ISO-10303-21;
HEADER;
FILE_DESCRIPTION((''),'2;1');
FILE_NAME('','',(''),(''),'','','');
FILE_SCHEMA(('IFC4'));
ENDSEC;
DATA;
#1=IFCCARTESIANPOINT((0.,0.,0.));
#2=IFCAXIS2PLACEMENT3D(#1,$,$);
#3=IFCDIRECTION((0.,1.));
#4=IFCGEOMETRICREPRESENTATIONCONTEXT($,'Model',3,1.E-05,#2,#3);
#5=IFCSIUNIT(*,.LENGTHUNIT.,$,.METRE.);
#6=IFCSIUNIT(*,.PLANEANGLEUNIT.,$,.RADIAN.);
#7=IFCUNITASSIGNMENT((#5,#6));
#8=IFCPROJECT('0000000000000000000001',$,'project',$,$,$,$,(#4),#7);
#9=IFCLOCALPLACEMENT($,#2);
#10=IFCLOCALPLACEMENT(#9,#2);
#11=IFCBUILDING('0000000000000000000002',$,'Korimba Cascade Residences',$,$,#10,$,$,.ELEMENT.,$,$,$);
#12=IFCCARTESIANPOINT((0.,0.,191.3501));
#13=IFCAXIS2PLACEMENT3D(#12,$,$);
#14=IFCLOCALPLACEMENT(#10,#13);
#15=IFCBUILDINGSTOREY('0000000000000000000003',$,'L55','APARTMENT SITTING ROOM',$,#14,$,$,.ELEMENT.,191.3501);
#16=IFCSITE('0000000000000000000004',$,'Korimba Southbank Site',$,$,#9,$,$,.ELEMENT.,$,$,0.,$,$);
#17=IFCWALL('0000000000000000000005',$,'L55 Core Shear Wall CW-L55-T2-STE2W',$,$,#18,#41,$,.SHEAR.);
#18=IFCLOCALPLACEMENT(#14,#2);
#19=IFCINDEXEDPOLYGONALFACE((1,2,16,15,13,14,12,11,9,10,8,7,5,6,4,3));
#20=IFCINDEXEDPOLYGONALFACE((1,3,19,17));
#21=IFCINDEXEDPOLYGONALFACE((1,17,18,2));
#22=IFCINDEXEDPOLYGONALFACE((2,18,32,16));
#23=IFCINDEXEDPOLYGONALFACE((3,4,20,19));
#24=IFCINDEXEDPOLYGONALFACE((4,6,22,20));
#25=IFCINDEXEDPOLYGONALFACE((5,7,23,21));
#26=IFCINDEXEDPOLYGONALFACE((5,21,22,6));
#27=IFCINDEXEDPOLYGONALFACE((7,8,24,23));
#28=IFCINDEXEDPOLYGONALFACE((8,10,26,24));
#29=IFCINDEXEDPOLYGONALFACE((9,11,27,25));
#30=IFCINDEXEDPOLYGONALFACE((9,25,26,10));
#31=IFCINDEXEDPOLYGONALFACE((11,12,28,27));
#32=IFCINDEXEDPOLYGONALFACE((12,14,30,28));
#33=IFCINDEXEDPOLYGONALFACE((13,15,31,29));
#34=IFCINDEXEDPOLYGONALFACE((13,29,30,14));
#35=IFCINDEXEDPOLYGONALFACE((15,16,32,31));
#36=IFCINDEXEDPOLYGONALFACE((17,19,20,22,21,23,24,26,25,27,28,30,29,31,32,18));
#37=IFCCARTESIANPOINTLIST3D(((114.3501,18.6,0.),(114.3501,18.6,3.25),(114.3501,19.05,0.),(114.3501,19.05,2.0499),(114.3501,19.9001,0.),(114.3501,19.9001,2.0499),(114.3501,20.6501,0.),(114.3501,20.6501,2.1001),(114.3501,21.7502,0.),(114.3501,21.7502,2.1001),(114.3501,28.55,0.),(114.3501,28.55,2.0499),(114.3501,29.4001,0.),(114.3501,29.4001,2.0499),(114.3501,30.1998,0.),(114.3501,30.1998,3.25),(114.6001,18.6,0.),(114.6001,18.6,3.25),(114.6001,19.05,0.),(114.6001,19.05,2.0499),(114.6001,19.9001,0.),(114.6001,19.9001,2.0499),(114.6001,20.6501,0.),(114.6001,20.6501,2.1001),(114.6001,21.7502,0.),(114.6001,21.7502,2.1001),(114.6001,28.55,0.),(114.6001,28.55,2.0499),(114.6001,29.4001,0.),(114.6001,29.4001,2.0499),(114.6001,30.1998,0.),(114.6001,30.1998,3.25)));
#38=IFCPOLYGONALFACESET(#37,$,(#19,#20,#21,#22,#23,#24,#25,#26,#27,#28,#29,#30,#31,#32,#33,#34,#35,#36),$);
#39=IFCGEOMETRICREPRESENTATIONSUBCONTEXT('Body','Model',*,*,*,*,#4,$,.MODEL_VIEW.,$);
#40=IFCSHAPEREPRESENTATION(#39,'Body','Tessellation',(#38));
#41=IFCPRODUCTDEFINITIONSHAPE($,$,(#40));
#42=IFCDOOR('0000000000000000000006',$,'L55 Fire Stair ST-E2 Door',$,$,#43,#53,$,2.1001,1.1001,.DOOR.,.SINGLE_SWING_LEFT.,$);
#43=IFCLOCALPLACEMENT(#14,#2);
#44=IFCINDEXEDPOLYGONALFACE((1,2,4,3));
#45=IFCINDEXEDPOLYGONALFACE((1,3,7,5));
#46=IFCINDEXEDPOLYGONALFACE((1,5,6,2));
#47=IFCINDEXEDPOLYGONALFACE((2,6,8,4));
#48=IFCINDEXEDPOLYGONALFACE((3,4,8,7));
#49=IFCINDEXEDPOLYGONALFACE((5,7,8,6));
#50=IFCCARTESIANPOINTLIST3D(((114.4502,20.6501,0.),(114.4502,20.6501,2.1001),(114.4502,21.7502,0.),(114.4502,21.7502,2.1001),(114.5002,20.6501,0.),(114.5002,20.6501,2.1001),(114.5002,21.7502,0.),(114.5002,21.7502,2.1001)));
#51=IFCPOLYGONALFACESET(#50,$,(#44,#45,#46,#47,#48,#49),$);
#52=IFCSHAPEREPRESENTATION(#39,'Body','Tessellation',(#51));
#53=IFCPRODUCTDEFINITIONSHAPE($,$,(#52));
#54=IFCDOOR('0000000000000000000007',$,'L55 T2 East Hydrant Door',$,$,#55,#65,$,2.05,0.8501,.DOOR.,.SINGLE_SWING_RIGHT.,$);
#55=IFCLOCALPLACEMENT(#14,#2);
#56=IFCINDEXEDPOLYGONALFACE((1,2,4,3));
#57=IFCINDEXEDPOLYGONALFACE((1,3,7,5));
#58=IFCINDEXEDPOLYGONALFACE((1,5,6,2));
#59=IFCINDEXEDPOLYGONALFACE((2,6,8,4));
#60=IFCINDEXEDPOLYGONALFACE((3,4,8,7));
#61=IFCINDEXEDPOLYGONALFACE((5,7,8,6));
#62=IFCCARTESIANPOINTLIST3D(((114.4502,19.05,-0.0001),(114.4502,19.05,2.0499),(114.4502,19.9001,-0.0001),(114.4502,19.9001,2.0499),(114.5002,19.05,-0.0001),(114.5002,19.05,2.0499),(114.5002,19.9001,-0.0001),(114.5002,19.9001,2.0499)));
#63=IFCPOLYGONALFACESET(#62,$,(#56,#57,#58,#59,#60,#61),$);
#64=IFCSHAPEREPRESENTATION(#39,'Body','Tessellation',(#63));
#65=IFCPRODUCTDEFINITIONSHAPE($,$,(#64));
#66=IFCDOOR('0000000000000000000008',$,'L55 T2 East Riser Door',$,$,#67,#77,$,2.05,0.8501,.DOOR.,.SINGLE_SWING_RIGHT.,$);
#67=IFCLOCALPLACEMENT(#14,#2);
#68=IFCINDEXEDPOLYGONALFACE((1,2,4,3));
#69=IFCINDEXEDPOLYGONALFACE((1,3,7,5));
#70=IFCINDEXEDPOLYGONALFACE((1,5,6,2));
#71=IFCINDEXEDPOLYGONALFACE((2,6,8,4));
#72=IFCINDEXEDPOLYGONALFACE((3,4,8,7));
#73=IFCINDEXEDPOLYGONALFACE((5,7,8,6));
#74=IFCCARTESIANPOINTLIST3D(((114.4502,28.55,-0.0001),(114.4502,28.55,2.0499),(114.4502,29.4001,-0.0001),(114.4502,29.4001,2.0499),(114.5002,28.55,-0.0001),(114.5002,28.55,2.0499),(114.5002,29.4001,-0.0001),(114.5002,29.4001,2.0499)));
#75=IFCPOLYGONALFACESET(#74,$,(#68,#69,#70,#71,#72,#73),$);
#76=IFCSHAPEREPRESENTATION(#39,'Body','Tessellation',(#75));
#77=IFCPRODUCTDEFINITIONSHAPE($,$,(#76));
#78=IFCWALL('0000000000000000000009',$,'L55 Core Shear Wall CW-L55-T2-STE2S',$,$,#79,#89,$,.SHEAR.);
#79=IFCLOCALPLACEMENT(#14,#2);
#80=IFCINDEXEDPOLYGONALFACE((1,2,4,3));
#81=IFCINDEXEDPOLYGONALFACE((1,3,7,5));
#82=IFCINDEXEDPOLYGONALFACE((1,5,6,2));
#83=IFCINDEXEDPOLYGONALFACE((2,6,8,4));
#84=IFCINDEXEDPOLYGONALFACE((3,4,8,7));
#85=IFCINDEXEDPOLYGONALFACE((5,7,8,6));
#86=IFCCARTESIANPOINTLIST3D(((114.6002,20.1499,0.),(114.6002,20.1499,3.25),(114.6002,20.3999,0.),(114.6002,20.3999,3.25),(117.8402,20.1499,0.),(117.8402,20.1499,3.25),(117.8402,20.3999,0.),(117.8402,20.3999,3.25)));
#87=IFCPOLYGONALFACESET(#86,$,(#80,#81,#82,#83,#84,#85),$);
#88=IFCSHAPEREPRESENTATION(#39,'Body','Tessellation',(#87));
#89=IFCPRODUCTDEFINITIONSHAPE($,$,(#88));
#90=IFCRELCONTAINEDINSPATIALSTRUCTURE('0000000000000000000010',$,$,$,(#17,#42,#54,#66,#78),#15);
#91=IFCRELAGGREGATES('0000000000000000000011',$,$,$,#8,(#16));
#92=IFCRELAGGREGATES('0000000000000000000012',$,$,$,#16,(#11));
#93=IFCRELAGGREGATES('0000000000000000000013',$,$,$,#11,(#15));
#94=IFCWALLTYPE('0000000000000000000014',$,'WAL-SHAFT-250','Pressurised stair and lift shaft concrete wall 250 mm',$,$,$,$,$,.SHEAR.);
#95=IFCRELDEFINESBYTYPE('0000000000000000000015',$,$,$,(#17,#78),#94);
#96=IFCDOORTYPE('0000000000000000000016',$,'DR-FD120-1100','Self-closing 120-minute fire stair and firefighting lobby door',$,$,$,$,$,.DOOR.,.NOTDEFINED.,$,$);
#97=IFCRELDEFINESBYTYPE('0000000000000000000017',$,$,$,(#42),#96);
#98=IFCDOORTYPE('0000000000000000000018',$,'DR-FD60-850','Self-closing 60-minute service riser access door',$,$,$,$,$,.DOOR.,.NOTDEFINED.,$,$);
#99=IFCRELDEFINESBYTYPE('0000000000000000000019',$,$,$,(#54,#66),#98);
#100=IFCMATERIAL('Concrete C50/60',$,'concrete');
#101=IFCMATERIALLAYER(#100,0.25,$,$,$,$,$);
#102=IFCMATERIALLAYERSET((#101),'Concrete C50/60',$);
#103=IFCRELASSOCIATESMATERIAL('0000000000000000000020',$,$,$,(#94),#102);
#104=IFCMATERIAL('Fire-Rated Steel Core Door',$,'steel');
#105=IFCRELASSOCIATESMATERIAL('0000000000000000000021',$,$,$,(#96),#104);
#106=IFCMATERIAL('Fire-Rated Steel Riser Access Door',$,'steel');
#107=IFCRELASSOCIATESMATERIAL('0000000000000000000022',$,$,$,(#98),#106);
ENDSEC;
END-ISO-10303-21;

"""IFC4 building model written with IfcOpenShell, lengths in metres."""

from ifc_helpers import new_model, si_unit, direction, frame, frame_2d, origin, place, context, subcontext, project, spatial, rectangle, extrude, material, layer, layer_set, type_object, element, fill, save


model = new_model("IFC4")

# Units and contexts
model_context = context("Model", 3, precision=1e-05, world=origin(), true_north=direction((0.0, 1.0)))
body_context = subcontext(model_context, "Body", "Model", "MODEL_VIEW")
ifc_project = project(units=[si_unit("LENGTHUNIT", "METRE"), si_unit("PLANEANGLEUNIT", "RADIAN")], contexts=[model_context])

# Site, building, storey
site_placement = place(None, origin())
site = spatial("IfcSite", under=ifc_project, at=site_placement, Name="Korimba Southbank Site", CompositionType="ELEMENT", RefElevation=0.0)
building_placement = place(site_placement, origin())
building = spatial("IfcBuilding", under=site, at=building_placement, Name="Korimba Cascade Residences", CompositionType="ELEMENT")
storey_placement = place(building_placement, frame((0.0, 0.0, 191.3501)))
storey = spatial("IfcBuildingStorey", under=building, at=storey_placement, Name="L55", Description="APARTMENT SITTING ROOM", CompositionType="ELEMENT", Elevation=191.3501)

# Shared definitions
ifc_material_1 = material(Name="Concrete C50/60", Category="concrete")

# Wall, openings, doors
ifc_layer_1 = layer(ifc_material_1, 0.25)
ifc_layer_set_1 = layer_set([ifc_layer_1], Name="Concrete C50/60")
wall_type_1 = type_object("IfcWallType", Name="WAL-SHAFT-250", Description="Pressurised stair and lift shaft concrete wall 250 mm", PredefinedType="SHEAR", material=ifc_layer_set_1)
wall_1_placement = place(storey_placement, frame((114.4751, 18.6001, 0.0), z_axis=(0.0, 0.0, 1.0), x_axis=(0.0, 1.0, 0.0)))
wall_1 = element("IfcWall", 1, at=wall_1_placement, inside=storey, type_object=wall_type_1, Name="L55 Core Shear Wall CW-L55-T2-STE2W", PredefinedType="SHEAR", context=body_context, shape_type="SweptSolid", body=[
    extrude(rectangle(XDim=11.5999, YDim=0.25, at=frame_2d((5.7998, 0.0))), origin(), (0.0, 0.0, 1.0), 3.25),
])
opening_1_placement = place(wall_1_placement, frame((0.45, 0.0, 0.0)))
opening_1 = element("IfcOpeningElement", 2, at=opening_1_placement, cuts=wall_1, PredefinedType="OPENING", context=body_context, shape_type="SweptSolid", body=[
    extrude(rectangle(XDim=0.8501, YDim=2.05, at=frame_2d((0.425, 1.0249))), frame((0.0, 0.135, 0.0), z_axis=(0.0, -1.0, 0.0), x_axis=(1.0, 0.0, 0.0)), (0.0, 0.0, 1.0), 0.27),
])
opening_2_placement = place(wall_1_placement, frame((2.05, 0.0, 0.0)))
opening_2 = element("IfcOpeningElement", 3, at=opening_2_placement, cuts=wall_1, PredefinedType="OPENING", context=body_context, shape_type="SweptSolid", body=[
    extrude(rectangle(XDim=1.1001, YDim=2.1001, at=frame_2d((0.55, 1.05))), frame((0.0, 0.135, 0.0), z_axis=(0.0, -1.0, 0.0), x_axis=(1.0, 0.0, 0.0)), (0.0, 0.0, 1.0), 0.27),
])
opening_3_placement = place(wall_1_placement, frame((9.95, 0.0, 0.0)))
opening_3 = element("IfcOpeningElement", 4, at=opening_3_placement, cuts=wall_1, PredefinedType="OPENING", context=body_context, shape_type="SweptSolid", body=[
    extrude(rectangle(XDim=0.8501, YDim=2.05, at=frame_2d((0.425, 1.0249))), frame((0.0, 0.135, 0.0), z_axis=(0.0, -1.0, 0.0), x_axis=(1.0, 0.0, 0.0)), (0.0, 0.0, 1.0), 0.27),
])
ifc_material_2 = material(Name="Fire-Rated Steel Core Door", Category="steel")
door_type_1 = type_object("IfcDoorType", Name="DR-FD120-1100", Description="Self-closing 120-minute fire stair and firefighting lobby door", OperationType="NOTDEFINED", PredefinedType="DOOR", material=ifc_material_2)
door_1_placement = place(opening_2_placement, origin())
door_1 = element("IfcDoor", 5, at=door_1_placement, inside=storey, type_object=door_type_1, Name="L55 Fire Stair ST-E2 Door", OperationType="SINGLE_SWING_LEFT", OverallHeight=2.1001, OverallWidth=1.1001, PredefinedType="DOOR", context=body_context, shape_type="SweptSolid", body=[
    extrude(rectangle(XDim=1.1001, YDim=2.1001, at=frame_2d((0.55, 1.05))), frame((0.0, 0.0249, 0.0), z_axis=(0.0, -1.0, 0.0), x_axis=(1.0, 0.0, 0.0)), (0.0, 0.0, 1.0), 0.05),
])
fill(opening_2, door_1)
ifc_material_3 = material(Name="Fire-Rated Steel Riser Access Door", Category="steel")
door_type_2 = type_object("IfcDoorType", Name="DR-FD60-850", Description="Self-closing 60-minute service riser access door", OperationType="NOTDEFINED", PredefinedType="DOOR", material=ifc_material_3)
door_2_placement = place(opening_1_placement, origin())
door_2 = element("IfcDoor", 6, at=door_2_placement, inside=storey, type_object=door_type_2, Name="L55 T2 East Hydrant Door", OperationType="SINGLE_SWING_RIGHT", OverallHeight=2.05, OverallWidth=0.8501, PredefinedType="DOOR", context=body_context, shape_type="SweptSolid", body=[
    extrude(rectangle(XDim=0.8501, YDim=2.05, at=frame_2d((0.425, 1.0249))), frame((0.0, 0.0249, 0.0), z_axis=(0.0, -1.0, 0.0), x_axis=(1.0, 0.0, 0.0)), (0.0, 0.0, 1.0), 0.05),
])
fill(opening_1, door_2)
door_3_placement = place(opening_3_placement, origin())
door_3 = element("IfcDoor", 7, at=door_3_placement, inside=storey, type_object=door_type_2, Name="L55 T2 East Riser Door", OperationType="SINGLE_SWING_RIGHT", OverallHeight=2.05, OverallWidth=0.8501, PredefinedType="DOOR", context=body_context, shape_type="SweptSolid", body=[
    extrude(rectangle(XDim=0.8501, YDim=2.05, at=frame_2d((0.425, 1.0249))), frame((0.0, 0.0249, 0.0), z_axis=(0.0, -1.0, 0.0), x_axis=(1.0, 0.0, 0.0)), (0.0, 0.0, 1.0), 0.05),
])
fill(opening_3, door_3)

# Wall
wall_2_placement = place(storey_placement, frame((114.6001, 20.2749, 0.0), z_axis=(0.0, 0.0, 1.0), x_axis=(1.0, 0.0, 0.0)))
element("IfcWall", 8, at=wall_2_placement, inside=storey, type_object=wall_type_1, Name="L55 Core Shear Wall CW-L55-T2-STE2S", PredefinedType="SHEAR", context=body_context, shape_type="SweptSolid", body=[
    extrude(rectangle(XDim=3.24, YDim=0.25, at=frame_2d((1.6201, 0.0))), origin(), (0.0, 0.0, 1.0), 3.25),
])

save(model, "model.ifc")
